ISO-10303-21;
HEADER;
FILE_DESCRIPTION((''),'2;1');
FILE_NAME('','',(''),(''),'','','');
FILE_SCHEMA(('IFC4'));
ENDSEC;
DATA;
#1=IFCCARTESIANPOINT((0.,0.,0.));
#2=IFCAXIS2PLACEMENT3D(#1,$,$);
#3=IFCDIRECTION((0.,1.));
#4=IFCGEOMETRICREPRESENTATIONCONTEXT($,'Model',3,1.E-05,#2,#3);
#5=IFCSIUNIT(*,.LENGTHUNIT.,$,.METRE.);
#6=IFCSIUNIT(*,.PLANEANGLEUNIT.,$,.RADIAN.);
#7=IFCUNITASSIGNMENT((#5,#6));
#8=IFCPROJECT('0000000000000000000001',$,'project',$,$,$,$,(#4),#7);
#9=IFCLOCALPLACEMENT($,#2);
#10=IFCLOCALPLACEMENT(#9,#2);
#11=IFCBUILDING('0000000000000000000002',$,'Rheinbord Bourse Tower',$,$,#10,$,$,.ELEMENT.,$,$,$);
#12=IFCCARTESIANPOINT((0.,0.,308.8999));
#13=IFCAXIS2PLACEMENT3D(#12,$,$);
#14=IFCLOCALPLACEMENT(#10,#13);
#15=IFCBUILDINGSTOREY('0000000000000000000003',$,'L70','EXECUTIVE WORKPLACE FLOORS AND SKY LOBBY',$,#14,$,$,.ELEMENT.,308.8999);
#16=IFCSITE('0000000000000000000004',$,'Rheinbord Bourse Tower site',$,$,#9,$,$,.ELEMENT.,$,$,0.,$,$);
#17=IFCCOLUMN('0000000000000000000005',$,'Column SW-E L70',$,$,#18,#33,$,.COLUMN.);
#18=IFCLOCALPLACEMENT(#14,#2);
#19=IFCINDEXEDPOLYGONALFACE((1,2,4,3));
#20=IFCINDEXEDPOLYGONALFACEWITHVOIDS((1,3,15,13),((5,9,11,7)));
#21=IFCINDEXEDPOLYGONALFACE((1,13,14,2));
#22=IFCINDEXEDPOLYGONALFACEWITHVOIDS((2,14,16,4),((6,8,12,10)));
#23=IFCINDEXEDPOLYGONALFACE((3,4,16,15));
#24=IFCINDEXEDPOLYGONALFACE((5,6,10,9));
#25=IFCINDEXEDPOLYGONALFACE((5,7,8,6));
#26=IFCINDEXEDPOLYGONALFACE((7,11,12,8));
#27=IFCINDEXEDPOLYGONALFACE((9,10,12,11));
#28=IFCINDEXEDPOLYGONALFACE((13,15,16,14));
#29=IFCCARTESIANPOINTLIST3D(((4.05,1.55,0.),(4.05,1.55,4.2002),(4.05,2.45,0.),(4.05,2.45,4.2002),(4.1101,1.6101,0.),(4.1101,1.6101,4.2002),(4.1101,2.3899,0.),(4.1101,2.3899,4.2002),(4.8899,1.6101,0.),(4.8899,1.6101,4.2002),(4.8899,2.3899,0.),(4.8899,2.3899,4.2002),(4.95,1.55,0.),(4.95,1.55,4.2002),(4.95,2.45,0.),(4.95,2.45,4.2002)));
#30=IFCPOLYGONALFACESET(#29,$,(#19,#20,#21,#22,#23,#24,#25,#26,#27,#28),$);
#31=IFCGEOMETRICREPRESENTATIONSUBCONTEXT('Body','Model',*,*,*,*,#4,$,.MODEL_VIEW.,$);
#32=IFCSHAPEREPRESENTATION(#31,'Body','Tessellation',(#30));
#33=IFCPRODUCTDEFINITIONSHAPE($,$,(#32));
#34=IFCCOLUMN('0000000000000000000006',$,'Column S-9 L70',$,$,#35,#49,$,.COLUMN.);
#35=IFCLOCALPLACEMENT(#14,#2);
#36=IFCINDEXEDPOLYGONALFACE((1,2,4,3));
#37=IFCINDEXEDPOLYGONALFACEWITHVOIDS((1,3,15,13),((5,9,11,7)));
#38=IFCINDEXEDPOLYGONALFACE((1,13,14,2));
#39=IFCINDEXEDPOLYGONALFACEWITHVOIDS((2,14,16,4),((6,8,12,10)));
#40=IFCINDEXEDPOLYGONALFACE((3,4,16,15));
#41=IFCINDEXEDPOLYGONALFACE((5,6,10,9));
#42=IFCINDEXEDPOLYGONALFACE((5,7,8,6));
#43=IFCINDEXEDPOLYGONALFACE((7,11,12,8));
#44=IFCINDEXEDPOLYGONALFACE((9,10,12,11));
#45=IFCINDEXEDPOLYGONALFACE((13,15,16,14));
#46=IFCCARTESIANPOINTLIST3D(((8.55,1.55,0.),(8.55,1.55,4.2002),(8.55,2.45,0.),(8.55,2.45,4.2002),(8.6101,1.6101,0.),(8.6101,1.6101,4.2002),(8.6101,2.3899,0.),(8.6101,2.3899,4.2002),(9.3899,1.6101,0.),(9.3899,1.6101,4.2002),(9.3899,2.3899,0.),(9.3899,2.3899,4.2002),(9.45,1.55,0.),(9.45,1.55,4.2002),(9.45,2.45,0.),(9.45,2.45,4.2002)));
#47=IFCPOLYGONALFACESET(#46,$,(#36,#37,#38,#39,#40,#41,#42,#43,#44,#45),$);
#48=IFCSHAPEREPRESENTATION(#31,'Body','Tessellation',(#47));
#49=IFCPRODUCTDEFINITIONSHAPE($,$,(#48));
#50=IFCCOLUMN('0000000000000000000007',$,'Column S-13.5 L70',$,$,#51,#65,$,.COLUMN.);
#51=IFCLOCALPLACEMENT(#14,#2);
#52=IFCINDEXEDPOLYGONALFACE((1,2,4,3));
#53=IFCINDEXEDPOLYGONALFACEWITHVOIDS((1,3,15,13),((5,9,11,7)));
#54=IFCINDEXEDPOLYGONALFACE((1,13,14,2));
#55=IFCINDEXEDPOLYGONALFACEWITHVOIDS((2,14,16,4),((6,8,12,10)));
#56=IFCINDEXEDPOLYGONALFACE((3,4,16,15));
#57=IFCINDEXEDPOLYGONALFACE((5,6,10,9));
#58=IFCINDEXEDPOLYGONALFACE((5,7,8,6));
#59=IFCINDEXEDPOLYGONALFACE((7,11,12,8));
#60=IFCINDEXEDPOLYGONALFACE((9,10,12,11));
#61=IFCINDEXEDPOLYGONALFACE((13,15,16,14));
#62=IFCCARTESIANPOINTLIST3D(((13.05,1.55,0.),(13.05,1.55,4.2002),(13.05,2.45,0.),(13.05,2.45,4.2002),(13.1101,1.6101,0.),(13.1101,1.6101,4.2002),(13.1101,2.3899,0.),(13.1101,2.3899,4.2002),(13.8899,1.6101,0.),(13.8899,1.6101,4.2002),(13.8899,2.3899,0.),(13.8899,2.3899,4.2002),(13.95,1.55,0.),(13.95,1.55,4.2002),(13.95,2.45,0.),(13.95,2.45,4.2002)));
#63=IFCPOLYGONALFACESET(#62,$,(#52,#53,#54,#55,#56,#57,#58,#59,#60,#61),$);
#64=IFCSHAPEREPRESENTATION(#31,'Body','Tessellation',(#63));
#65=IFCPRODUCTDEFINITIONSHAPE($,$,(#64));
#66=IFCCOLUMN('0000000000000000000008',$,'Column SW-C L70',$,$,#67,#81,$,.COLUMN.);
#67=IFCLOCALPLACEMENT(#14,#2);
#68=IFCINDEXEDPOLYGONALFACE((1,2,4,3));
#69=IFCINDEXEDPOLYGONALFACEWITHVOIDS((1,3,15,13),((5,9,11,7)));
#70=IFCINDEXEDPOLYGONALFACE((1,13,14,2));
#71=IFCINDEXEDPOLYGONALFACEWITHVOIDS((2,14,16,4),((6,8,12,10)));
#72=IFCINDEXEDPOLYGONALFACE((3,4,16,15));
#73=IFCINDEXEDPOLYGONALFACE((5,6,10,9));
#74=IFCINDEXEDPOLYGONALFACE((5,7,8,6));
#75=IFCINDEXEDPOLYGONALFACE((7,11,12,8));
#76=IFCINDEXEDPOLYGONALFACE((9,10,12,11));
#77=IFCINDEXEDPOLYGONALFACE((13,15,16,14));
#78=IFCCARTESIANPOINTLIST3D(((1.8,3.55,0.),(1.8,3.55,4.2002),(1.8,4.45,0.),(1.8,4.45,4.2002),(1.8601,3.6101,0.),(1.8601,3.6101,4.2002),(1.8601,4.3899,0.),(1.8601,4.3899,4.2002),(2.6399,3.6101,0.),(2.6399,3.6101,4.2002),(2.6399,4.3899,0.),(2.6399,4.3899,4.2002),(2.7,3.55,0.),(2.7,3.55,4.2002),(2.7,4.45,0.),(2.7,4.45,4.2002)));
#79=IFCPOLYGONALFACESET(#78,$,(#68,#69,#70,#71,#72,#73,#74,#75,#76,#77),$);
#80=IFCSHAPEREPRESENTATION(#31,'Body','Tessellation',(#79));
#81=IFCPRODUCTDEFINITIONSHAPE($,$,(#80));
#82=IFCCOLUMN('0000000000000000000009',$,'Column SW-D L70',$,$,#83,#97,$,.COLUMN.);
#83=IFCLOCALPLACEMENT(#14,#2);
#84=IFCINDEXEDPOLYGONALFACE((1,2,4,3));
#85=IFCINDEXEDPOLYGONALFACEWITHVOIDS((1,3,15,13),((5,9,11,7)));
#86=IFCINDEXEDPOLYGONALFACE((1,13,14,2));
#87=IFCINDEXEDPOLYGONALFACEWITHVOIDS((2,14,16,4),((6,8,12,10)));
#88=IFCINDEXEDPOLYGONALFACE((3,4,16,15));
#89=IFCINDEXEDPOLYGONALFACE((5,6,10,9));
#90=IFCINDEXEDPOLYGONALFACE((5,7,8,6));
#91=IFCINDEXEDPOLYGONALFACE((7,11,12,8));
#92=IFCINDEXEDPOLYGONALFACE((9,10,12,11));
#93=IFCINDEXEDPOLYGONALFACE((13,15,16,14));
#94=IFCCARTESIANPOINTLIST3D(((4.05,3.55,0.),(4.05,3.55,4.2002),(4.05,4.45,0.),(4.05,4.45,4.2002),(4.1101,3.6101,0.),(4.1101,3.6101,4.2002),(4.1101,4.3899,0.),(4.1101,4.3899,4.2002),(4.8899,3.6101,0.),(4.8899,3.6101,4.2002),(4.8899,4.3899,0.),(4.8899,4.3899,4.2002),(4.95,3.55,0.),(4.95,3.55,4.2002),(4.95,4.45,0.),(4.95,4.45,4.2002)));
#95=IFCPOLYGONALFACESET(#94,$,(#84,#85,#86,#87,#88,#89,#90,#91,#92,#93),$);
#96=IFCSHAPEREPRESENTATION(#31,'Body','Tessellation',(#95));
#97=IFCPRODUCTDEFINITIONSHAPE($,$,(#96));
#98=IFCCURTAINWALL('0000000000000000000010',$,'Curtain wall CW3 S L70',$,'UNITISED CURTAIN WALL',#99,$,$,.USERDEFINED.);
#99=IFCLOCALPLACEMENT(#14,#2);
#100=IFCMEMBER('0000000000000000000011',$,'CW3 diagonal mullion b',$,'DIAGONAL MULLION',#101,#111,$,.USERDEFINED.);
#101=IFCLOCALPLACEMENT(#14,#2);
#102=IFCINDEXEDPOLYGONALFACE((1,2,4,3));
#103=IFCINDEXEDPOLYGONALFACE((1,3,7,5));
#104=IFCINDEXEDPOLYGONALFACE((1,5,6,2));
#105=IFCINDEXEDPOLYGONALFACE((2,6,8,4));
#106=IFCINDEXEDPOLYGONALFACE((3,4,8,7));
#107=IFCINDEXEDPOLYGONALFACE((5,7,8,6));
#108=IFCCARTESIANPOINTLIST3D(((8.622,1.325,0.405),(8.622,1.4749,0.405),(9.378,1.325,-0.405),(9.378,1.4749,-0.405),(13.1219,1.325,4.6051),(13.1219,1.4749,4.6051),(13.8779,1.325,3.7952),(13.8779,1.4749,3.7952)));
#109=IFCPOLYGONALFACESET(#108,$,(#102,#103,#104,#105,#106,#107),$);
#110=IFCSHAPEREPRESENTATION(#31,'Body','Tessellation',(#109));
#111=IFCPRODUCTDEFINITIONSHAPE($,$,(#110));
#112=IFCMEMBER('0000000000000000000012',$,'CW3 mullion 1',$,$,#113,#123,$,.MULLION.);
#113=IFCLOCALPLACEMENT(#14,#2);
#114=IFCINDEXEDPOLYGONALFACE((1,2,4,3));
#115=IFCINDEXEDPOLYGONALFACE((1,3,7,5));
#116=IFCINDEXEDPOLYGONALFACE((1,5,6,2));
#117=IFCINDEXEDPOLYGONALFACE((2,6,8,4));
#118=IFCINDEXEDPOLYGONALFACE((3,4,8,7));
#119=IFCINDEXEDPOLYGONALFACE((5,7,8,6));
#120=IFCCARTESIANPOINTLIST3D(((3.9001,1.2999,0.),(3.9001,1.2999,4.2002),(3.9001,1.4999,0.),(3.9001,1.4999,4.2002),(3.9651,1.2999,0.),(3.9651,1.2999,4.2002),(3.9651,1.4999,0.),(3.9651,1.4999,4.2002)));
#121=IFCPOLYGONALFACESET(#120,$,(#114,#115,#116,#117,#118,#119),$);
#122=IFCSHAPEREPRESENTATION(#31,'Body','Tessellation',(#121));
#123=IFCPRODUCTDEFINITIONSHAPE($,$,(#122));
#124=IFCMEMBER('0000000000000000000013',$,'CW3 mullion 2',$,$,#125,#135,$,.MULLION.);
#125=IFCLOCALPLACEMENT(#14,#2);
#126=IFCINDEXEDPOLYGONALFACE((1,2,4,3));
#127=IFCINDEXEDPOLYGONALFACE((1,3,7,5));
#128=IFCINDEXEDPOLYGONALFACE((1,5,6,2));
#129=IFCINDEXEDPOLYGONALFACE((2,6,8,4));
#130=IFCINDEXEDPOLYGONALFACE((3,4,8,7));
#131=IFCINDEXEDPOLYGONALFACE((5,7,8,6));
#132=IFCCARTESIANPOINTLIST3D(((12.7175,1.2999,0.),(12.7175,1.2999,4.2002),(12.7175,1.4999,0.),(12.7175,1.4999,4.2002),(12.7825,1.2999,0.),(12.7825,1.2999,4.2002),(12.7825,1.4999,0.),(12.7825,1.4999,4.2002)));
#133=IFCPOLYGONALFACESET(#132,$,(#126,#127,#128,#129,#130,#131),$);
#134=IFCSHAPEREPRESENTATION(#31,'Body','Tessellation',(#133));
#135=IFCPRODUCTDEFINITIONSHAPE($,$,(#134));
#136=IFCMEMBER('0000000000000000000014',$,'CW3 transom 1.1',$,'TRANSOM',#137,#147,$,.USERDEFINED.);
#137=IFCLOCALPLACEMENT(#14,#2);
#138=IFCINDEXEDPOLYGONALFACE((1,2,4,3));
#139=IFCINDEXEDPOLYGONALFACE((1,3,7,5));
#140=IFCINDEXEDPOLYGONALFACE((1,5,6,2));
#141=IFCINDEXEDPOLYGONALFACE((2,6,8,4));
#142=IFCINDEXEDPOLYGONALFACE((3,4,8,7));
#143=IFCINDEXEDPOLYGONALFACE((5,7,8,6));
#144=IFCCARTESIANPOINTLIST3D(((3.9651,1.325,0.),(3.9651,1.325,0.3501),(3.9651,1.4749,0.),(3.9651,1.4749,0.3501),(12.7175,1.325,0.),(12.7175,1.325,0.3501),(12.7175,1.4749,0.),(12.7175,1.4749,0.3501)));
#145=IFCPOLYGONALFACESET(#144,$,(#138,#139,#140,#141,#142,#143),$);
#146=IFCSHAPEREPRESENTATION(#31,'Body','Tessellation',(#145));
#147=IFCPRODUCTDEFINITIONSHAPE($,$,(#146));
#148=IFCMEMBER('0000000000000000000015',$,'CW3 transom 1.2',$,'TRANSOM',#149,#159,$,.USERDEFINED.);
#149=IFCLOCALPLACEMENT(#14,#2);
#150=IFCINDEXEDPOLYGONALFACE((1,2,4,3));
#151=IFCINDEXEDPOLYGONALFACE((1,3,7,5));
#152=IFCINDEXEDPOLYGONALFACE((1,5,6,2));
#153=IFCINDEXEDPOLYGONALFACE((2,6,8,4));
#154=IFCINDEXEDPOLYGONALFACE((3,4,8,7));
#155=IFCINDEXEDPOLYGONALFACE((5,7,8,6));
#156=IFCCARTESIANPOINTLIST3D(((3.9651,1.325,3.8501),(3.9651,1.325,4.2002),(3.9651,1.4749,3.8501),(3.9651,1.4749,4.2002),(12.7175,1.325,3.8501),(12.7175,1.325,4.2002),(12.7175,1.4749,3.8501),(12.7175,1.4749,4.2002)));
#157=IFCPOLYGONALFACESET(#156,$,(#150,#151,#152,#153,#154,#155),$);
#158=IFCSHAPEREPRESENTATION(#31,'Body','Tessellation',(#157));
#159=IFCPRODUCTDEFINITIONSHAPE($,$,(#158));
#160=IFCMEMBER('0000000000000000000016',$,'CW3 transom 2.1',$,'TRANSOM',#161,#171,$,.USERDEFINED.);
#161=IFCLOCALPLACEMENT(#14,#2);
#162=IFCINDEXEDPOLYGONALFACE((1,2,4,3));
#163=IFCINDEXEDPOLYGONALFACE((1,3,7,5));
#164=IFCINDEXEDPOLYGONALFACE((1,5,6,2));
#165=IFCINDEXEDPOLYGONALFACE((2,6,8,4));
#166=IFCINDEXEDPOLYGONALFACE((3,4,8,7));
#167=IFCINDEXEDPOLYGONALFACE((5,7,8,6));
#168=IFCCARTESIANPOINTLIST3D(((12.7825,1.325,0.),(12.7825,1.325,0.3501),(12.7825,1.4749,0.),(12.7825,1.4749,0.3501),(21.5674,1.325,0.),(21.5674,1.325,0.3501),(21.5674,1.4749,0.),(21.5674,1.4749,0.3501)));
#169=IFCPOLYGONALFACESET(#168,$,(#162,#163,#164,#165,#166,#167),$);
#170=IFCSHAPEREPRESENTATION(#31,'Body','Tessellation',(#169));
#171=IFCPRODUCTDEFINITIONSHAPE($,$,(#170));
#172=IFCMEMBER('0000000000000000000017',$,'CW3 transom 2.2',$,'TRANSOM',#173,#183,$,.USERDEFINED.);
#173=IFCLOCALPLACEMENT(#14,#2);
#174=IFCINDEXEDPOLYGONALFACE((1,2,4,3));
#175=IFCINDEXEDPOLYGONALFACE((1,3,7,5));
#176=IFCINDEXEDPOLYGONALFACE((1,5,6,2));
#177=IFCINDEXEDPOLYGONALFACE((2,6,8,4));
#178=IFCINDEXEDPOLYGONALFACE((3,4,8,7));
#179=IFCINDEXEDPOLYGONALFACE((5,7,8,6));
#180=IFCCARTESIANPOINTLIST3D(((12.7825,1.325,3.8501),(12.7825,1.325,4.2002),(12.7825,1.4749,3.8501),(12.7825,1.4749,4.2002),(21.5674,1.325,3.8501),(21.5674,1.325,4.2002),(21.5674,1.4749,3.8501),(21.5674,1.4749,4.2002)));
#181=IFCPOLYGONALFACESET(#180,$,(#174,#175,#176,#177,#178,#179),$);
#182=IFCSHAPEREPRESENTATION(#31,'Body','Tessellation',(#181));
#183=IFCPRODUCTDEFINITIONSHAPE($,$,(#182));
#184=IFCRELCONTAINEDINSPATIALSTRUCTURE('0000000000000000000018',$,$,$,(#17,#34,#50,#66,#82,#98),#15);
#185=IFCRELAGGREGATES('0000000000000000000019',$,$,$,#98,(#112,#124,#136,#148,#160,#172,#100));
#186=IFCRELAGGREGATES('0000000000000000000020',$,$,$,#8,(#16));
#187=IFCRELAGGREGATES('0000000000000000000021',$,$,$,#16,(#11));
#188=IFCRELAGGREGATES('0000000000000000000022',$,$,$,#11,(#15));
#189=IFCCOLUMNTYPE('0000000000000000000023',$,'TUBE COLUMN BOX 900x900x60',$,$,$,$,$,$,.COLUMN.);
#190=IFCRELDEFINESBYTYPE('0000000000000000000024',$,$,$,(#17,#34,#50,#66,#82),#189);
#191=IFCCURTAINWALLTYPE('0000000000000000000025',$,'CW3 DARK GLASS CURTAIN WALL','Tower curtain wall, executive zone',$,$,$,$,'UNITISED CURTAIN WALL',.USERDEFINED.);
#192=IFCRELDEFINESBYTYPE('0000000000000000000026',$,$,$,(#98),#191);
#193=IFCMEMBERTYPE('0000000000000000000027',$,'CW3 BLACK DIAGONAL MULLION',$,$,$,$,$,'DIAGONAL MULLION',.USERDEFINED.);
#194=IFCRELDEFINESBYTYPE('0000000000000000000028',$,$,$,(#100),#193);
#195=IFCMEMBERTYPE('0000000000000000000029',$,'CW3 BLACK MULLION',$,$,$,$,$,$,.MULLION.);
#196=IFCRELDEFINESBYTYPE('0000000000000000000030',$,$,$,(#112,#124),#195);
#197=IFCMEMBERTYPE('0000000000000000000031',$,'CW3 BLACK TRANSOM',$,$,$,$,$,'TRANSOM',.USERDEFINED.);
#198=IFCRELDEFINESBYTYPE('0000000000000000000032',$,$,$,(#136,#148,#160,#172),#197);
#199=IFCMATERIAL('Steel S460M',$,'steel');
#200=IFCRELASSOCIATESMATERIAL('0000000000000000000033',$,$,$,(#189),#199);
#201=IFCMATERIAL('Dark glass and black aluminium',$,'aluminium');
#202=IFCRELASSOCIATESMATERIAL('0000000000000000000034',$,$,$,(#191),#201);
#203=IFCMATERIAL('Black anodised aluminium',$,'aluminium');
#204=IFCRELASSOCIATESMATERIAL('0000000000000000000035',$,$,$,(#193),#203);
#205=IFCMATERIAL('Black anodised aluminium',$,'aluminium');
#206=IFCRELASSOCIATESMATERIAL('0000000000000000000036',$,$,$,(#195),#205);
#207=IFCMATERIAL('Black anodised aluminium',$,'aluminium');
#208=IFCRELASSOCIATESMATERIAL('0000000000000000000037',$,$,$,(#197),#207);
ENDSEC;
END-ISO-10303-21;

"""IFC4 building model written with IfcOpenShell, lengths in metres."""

from ifc_helpers import new_model, si_unit, direction, frame, origin, origin_2d, place, context, subcontext, project, spatial, rectangle, hollow_rectangle, extrude, material, material_profile, profile_set, type_object, element, aggregate, save


model = new_model("IFC4")

# Units and contexts
model_context = context("Model", 3, precision=1e-05, world=origin(), true_north=direction((0.0, 1.0)))
body_context = subcontext(model_context, "Body", "Model", "MODEL_VIEW")
ifc_project = project(units=[si_unit("LENGTHUNIT", "METRE"), si_unit("PLANEANGLEUNIT", "RADIAN")], contexts=[model_context])

# Site, building, storey
site_placement = place(None, origin())
site = spatial("IfcSite", under=ifc_project, at=site_placement, Name="Rheinbord Bourse Tower site", CompositionType="ELEMENT", RefElevation=0.0)
building_placement = place(site_placement, origin())
building = spatial("IfcBuilding", under=site, at=building_placement, Name="Rheinbord Bourse Tower", CompositionType="ELEMENT")
storey_placement = place(building_placement, frame((0.0, 0.0, 308.8999)))
storey = spatial("IfcBuildingStorey", under=building, at=storey_placement, Name="L70", Description="EXECUTIVE WORKPLACE FLOORS AND SKY LOBBY", CompositionType="ELEMENT", Elevation=308.8999)

# Columns
ifc_material_1 = material(Name="Steel S460M", Category="steel")
ifc_material_profile_1 = material_profile(ifc_material_1, hollow_rectangle(XDim=0.8999, YDim=0.8999, WallThickness=0.0601, at=origin_2d()), Name="BOX 900x900x60")
ifc_profile_set_1 = profile_set([ifc_material_profile_1], Name="Steel S460M")
column_type = type_object("IfcColumnType", Name="TUBE COLUMN BOX 900x900x60", PredefinedType="COLUMN", material=ifc_profile_set_1)
for number, where, z_axis, x_axis, name in (
    (1, (4.5, 2.0, 0.0), (0.0, 0.0, 1.0), (0.0, 1.0, 0.0), "Column SW-E L70"),
    (2, (9.0, 2.0, 0.0), (0.0, 0.0, 1.0), (0.0, 1.0, 0.0), "Column S-9 L70"),
    (3, (13.5, 2.0, 0.0), (0.0, 0.0, 1.0), (0.0, 1.0, 0.0), "Column S-13.5 L70"),
    (4, (2.25, 4.0, 0.0), (0.0, 0.0, 1.0), (1.0, 0.0, 0.0), "Column SW-C L70"),
    (5, (4.5, 4.0, 0.0), (0.0, 0.0, 1.0), (0.0, 1.0, 0.0), "Column SW-D L70"),
):
    element("IfcColumn", number, at=place(storey_placement, frame(where, z_axis=z_axis, x_axis=x_axis)), inside=storey, type_object=column_type, Name=name, PredefinedType="COLUMN", context=body_context, shape_type="SweptSolid", body=[
        extrude(hollow_rectangle(XDim=0.8999, YDim=0.8999, WallThickness=0.0601, at=origin_2d()), origin(), (0.0, 0.0, 1.0), 4.2002),
    ])

# Curtain wall, members
ifc_material_2 = material(Name="Dark glass and black aluminium", Category="aluminium")
curtain_wall_type = type_object("IfcCurtainWallType", Name="CW3 DARK GLASS CURTAIN WALL", Description="Tower curtain wall, executive zone", ElementType="UNITISED CURTAIN WALL", PredefinedType="USERDEFINED", material=ifc_material_2)
curtain_wall_placement = place(storey_placement, origin())
curtain_wall = element("IfcCurtainWall", 6, at=curtain_wall_placement, inside=storey, type_object=curtain_wall_type, Name="Curtain wall CW3 S L70", ObjectType="UNITISED CURTAIN WALL", PredefinedType="USERDEFINED")
ifc_material_3 = material(Name="Black anodised aluminium", Category="aluminium")
ifc_material_profile_2 = material_profile(ifc_material_3, rectangle(XDim=0.1499, YDim=1.1079, at=origin_2d()), Name="CW3 DIAGONAL MULLION 1108x150")
ifc_profile_set_2 = profile_set([ifc_material_profile_2], Name="Black anodised aluminium")
member_type_1 = type_object("IfcMemberType", Name="CW3 BLACK DIAGONAL MULLION", ElementType="DIAGONAL MULLION", PredefinedType="USERDEFINED", material=ifc_profile_set_2)
member_1_placement = place(storey_placement, frame((9.0, 1.3999, 0.0), z_axis=(0.731039, 0.0, 0.682335), x_axis=(0.0, 1.0, 0.0)))
member_1 = element("IfcMember", 7, at=member_1_placement, type_object=member_type_1, Name="CW3 diagonal mullion b", ObjectType="DIAGONAL MULLION", PredefinedType="USERDEFINED", context=body_context, shape_type="SweptSolid", body=[
    extrude(rectangle(XDim=0.1499, YDim=1.1079, at=origin_2d()), origin(), (0.0, 0.0, 1.0), 6.1555),
])
ifc_material_4 = material(Name="Black anodised aluminium", Category="aluminium")
ifc_material_profile_3 = material_profile(ifc_material_4, rectangle(XDim=0.2, YDim=0.0649, at=origin_2d()), Name="CW3 MULLION 65x200")
ifc_profile_set_3 = profile_set([ifc_material_profile_3], Name="Black anodised aluminium")
member_type_2 = type_object("IfcMemberType", Name="CW3 BLACK MULLION", PredefinedType="MULLION", material=ifc_profile_set_3)
member_2_placement = place(storey_placement, frame((3.9326, 1.3999, 0.0), z_axis=(0.0, 0.0, 1.0), x_axis=(0.0, 1.0, 0.0)))
member_2 = element("IfcMember", 8, at=member_2_placement, type_object=member_type_2, Name="CW3 mullion 1", PredefinedType="MULLION", context=body_context, shape_type="SweptSolid", body=[
    extrude(rectangle(XDim=0.2, YDim=0.0649, at=origin_2d()), origin(), (0.0, 0.0, 1.0), 4.2002),
])
member_3_placement = place(storey_placement, frame((12.75, 1.3999, 0.0), z_axis=(0.0, 0.0, 1.0), x_axis=(0.0, 1.0, 0.0)))
member_3 = element("IfcMember", 9, at=member_3_placement, type_object=member_type_2, Name="CW3 mullion 2", PredefinedType="MULLION", context=body_context, shape_type="SweptSolid", body=[
    extrude(rectangle(XDim=0.2, YDim=0.0649, at=origin_2d()), origin(), (0.0, 0.0, 1.0), 4.2002),
])
ifc_material_5 = material(Name="Black anodised aluminium", Category="aluminium")
ifc_material_profile_4 = material_profile(ifc_material_5, rectangle(XDim=0.1499, YDim=0.3501, at=origin_2d()), Name="CW3 TRANSOM 350x150")
ifc_profile_set_4 = profile_set([ifc_material_profile_4], Name="Black anodised aluminium")
member_type_3 = type_object("IfcMemberType", Name="CW3 BLACK TRANSOM", ElementType="TRANSOM", PredefinedType="USERDEFINED", material=ifc_profile_set_4)
member_4_placement = place(storey_placement, frame((3.9651, 1.3999, 0.175), z_axis=(1.0, 0.0, 0.0), x_axis=(0.0, 1.0, 0.0)))
member_4 = element("IfcMember", 10, at=member_4_placement, type_object=member_type_3, Name="CW3 transom 1.1", ObjectType="TRANSOM", PredefinedType="USERDEFINED", context=body_context, shape_type="SweptSolid", body=[
    extrude(rectangle(XDim=0.1499, YDim=0.3501, at=origin_2d()), origin(), (0.0, 0.0, 1.0), 8.7524),
])
member_5_placement = place(storey_placement, frame((3.9651, 1.3999, 4.0251), z_axis=(1.0, 0.0, 0.0), x_axis=(0.0, 1.0, 0.0)))
member_5 = element("IfcMember", 11, at=member_5_placement, type_object=member_type_3, Name="CW3 transom 1.2", ObjectType="TRANSOM", PredefinedType="USERDEFINED", context=body_context, shape_type="SweptSolid", body=[
    extrude(rectangle(XDim=0.1499, YDim=0.3501, at=origin_2d()), origin(), (0.0, 0.0, 1.0), 8.7524),
])
member_6_placement = place(storey_placement, frame((12.7825, 1.3999, 0.175), z_axis=(1.0, 0.0, 0.0), x_axis=(0.0, 1.0, 0.0)))
member_6 = element("IfcMember", 12, at=member_6_placement, type_object=member_type_3, Name="CW3 transom 2.1", ObjectType="TRANSOM", PredefinedType="USERDEFINED", context=body_context, shape_type="SweptSolid", body=[
    extrude(rectangle(XDim=0.1499, YDim=0.3501, at=origin_2d()), origin(), (0.0, 0.0, 1.0), 8.7849),
])
member_7_placement = place(storey_placement, frame((12.7825, 1.3999, 4.0251), z_axis=(1.0, 0.0, 0.0), x_axis=(0.0, 1.0, 0.0)))
member_7 = element("IfcMember", 13, at=member_7_placement, type_object=member_type_3, Name="CW3 transom 2.2", ObjectType="TRANSOM", PredefinedType="USERDEFINED", context=body_context, shape_type="SweptSolid", body=[
    extrude(rectangle(XDim=0.1499, YDim=0.3501, at=origin_2d()), origin(), (0.0, 0.0, 1.0), 8.7849),
])

aggregate(curtain_wall, [member_2, member_3, member_4, member_5, member_6, member_7, member_1])

save(model, "model.ifc")
